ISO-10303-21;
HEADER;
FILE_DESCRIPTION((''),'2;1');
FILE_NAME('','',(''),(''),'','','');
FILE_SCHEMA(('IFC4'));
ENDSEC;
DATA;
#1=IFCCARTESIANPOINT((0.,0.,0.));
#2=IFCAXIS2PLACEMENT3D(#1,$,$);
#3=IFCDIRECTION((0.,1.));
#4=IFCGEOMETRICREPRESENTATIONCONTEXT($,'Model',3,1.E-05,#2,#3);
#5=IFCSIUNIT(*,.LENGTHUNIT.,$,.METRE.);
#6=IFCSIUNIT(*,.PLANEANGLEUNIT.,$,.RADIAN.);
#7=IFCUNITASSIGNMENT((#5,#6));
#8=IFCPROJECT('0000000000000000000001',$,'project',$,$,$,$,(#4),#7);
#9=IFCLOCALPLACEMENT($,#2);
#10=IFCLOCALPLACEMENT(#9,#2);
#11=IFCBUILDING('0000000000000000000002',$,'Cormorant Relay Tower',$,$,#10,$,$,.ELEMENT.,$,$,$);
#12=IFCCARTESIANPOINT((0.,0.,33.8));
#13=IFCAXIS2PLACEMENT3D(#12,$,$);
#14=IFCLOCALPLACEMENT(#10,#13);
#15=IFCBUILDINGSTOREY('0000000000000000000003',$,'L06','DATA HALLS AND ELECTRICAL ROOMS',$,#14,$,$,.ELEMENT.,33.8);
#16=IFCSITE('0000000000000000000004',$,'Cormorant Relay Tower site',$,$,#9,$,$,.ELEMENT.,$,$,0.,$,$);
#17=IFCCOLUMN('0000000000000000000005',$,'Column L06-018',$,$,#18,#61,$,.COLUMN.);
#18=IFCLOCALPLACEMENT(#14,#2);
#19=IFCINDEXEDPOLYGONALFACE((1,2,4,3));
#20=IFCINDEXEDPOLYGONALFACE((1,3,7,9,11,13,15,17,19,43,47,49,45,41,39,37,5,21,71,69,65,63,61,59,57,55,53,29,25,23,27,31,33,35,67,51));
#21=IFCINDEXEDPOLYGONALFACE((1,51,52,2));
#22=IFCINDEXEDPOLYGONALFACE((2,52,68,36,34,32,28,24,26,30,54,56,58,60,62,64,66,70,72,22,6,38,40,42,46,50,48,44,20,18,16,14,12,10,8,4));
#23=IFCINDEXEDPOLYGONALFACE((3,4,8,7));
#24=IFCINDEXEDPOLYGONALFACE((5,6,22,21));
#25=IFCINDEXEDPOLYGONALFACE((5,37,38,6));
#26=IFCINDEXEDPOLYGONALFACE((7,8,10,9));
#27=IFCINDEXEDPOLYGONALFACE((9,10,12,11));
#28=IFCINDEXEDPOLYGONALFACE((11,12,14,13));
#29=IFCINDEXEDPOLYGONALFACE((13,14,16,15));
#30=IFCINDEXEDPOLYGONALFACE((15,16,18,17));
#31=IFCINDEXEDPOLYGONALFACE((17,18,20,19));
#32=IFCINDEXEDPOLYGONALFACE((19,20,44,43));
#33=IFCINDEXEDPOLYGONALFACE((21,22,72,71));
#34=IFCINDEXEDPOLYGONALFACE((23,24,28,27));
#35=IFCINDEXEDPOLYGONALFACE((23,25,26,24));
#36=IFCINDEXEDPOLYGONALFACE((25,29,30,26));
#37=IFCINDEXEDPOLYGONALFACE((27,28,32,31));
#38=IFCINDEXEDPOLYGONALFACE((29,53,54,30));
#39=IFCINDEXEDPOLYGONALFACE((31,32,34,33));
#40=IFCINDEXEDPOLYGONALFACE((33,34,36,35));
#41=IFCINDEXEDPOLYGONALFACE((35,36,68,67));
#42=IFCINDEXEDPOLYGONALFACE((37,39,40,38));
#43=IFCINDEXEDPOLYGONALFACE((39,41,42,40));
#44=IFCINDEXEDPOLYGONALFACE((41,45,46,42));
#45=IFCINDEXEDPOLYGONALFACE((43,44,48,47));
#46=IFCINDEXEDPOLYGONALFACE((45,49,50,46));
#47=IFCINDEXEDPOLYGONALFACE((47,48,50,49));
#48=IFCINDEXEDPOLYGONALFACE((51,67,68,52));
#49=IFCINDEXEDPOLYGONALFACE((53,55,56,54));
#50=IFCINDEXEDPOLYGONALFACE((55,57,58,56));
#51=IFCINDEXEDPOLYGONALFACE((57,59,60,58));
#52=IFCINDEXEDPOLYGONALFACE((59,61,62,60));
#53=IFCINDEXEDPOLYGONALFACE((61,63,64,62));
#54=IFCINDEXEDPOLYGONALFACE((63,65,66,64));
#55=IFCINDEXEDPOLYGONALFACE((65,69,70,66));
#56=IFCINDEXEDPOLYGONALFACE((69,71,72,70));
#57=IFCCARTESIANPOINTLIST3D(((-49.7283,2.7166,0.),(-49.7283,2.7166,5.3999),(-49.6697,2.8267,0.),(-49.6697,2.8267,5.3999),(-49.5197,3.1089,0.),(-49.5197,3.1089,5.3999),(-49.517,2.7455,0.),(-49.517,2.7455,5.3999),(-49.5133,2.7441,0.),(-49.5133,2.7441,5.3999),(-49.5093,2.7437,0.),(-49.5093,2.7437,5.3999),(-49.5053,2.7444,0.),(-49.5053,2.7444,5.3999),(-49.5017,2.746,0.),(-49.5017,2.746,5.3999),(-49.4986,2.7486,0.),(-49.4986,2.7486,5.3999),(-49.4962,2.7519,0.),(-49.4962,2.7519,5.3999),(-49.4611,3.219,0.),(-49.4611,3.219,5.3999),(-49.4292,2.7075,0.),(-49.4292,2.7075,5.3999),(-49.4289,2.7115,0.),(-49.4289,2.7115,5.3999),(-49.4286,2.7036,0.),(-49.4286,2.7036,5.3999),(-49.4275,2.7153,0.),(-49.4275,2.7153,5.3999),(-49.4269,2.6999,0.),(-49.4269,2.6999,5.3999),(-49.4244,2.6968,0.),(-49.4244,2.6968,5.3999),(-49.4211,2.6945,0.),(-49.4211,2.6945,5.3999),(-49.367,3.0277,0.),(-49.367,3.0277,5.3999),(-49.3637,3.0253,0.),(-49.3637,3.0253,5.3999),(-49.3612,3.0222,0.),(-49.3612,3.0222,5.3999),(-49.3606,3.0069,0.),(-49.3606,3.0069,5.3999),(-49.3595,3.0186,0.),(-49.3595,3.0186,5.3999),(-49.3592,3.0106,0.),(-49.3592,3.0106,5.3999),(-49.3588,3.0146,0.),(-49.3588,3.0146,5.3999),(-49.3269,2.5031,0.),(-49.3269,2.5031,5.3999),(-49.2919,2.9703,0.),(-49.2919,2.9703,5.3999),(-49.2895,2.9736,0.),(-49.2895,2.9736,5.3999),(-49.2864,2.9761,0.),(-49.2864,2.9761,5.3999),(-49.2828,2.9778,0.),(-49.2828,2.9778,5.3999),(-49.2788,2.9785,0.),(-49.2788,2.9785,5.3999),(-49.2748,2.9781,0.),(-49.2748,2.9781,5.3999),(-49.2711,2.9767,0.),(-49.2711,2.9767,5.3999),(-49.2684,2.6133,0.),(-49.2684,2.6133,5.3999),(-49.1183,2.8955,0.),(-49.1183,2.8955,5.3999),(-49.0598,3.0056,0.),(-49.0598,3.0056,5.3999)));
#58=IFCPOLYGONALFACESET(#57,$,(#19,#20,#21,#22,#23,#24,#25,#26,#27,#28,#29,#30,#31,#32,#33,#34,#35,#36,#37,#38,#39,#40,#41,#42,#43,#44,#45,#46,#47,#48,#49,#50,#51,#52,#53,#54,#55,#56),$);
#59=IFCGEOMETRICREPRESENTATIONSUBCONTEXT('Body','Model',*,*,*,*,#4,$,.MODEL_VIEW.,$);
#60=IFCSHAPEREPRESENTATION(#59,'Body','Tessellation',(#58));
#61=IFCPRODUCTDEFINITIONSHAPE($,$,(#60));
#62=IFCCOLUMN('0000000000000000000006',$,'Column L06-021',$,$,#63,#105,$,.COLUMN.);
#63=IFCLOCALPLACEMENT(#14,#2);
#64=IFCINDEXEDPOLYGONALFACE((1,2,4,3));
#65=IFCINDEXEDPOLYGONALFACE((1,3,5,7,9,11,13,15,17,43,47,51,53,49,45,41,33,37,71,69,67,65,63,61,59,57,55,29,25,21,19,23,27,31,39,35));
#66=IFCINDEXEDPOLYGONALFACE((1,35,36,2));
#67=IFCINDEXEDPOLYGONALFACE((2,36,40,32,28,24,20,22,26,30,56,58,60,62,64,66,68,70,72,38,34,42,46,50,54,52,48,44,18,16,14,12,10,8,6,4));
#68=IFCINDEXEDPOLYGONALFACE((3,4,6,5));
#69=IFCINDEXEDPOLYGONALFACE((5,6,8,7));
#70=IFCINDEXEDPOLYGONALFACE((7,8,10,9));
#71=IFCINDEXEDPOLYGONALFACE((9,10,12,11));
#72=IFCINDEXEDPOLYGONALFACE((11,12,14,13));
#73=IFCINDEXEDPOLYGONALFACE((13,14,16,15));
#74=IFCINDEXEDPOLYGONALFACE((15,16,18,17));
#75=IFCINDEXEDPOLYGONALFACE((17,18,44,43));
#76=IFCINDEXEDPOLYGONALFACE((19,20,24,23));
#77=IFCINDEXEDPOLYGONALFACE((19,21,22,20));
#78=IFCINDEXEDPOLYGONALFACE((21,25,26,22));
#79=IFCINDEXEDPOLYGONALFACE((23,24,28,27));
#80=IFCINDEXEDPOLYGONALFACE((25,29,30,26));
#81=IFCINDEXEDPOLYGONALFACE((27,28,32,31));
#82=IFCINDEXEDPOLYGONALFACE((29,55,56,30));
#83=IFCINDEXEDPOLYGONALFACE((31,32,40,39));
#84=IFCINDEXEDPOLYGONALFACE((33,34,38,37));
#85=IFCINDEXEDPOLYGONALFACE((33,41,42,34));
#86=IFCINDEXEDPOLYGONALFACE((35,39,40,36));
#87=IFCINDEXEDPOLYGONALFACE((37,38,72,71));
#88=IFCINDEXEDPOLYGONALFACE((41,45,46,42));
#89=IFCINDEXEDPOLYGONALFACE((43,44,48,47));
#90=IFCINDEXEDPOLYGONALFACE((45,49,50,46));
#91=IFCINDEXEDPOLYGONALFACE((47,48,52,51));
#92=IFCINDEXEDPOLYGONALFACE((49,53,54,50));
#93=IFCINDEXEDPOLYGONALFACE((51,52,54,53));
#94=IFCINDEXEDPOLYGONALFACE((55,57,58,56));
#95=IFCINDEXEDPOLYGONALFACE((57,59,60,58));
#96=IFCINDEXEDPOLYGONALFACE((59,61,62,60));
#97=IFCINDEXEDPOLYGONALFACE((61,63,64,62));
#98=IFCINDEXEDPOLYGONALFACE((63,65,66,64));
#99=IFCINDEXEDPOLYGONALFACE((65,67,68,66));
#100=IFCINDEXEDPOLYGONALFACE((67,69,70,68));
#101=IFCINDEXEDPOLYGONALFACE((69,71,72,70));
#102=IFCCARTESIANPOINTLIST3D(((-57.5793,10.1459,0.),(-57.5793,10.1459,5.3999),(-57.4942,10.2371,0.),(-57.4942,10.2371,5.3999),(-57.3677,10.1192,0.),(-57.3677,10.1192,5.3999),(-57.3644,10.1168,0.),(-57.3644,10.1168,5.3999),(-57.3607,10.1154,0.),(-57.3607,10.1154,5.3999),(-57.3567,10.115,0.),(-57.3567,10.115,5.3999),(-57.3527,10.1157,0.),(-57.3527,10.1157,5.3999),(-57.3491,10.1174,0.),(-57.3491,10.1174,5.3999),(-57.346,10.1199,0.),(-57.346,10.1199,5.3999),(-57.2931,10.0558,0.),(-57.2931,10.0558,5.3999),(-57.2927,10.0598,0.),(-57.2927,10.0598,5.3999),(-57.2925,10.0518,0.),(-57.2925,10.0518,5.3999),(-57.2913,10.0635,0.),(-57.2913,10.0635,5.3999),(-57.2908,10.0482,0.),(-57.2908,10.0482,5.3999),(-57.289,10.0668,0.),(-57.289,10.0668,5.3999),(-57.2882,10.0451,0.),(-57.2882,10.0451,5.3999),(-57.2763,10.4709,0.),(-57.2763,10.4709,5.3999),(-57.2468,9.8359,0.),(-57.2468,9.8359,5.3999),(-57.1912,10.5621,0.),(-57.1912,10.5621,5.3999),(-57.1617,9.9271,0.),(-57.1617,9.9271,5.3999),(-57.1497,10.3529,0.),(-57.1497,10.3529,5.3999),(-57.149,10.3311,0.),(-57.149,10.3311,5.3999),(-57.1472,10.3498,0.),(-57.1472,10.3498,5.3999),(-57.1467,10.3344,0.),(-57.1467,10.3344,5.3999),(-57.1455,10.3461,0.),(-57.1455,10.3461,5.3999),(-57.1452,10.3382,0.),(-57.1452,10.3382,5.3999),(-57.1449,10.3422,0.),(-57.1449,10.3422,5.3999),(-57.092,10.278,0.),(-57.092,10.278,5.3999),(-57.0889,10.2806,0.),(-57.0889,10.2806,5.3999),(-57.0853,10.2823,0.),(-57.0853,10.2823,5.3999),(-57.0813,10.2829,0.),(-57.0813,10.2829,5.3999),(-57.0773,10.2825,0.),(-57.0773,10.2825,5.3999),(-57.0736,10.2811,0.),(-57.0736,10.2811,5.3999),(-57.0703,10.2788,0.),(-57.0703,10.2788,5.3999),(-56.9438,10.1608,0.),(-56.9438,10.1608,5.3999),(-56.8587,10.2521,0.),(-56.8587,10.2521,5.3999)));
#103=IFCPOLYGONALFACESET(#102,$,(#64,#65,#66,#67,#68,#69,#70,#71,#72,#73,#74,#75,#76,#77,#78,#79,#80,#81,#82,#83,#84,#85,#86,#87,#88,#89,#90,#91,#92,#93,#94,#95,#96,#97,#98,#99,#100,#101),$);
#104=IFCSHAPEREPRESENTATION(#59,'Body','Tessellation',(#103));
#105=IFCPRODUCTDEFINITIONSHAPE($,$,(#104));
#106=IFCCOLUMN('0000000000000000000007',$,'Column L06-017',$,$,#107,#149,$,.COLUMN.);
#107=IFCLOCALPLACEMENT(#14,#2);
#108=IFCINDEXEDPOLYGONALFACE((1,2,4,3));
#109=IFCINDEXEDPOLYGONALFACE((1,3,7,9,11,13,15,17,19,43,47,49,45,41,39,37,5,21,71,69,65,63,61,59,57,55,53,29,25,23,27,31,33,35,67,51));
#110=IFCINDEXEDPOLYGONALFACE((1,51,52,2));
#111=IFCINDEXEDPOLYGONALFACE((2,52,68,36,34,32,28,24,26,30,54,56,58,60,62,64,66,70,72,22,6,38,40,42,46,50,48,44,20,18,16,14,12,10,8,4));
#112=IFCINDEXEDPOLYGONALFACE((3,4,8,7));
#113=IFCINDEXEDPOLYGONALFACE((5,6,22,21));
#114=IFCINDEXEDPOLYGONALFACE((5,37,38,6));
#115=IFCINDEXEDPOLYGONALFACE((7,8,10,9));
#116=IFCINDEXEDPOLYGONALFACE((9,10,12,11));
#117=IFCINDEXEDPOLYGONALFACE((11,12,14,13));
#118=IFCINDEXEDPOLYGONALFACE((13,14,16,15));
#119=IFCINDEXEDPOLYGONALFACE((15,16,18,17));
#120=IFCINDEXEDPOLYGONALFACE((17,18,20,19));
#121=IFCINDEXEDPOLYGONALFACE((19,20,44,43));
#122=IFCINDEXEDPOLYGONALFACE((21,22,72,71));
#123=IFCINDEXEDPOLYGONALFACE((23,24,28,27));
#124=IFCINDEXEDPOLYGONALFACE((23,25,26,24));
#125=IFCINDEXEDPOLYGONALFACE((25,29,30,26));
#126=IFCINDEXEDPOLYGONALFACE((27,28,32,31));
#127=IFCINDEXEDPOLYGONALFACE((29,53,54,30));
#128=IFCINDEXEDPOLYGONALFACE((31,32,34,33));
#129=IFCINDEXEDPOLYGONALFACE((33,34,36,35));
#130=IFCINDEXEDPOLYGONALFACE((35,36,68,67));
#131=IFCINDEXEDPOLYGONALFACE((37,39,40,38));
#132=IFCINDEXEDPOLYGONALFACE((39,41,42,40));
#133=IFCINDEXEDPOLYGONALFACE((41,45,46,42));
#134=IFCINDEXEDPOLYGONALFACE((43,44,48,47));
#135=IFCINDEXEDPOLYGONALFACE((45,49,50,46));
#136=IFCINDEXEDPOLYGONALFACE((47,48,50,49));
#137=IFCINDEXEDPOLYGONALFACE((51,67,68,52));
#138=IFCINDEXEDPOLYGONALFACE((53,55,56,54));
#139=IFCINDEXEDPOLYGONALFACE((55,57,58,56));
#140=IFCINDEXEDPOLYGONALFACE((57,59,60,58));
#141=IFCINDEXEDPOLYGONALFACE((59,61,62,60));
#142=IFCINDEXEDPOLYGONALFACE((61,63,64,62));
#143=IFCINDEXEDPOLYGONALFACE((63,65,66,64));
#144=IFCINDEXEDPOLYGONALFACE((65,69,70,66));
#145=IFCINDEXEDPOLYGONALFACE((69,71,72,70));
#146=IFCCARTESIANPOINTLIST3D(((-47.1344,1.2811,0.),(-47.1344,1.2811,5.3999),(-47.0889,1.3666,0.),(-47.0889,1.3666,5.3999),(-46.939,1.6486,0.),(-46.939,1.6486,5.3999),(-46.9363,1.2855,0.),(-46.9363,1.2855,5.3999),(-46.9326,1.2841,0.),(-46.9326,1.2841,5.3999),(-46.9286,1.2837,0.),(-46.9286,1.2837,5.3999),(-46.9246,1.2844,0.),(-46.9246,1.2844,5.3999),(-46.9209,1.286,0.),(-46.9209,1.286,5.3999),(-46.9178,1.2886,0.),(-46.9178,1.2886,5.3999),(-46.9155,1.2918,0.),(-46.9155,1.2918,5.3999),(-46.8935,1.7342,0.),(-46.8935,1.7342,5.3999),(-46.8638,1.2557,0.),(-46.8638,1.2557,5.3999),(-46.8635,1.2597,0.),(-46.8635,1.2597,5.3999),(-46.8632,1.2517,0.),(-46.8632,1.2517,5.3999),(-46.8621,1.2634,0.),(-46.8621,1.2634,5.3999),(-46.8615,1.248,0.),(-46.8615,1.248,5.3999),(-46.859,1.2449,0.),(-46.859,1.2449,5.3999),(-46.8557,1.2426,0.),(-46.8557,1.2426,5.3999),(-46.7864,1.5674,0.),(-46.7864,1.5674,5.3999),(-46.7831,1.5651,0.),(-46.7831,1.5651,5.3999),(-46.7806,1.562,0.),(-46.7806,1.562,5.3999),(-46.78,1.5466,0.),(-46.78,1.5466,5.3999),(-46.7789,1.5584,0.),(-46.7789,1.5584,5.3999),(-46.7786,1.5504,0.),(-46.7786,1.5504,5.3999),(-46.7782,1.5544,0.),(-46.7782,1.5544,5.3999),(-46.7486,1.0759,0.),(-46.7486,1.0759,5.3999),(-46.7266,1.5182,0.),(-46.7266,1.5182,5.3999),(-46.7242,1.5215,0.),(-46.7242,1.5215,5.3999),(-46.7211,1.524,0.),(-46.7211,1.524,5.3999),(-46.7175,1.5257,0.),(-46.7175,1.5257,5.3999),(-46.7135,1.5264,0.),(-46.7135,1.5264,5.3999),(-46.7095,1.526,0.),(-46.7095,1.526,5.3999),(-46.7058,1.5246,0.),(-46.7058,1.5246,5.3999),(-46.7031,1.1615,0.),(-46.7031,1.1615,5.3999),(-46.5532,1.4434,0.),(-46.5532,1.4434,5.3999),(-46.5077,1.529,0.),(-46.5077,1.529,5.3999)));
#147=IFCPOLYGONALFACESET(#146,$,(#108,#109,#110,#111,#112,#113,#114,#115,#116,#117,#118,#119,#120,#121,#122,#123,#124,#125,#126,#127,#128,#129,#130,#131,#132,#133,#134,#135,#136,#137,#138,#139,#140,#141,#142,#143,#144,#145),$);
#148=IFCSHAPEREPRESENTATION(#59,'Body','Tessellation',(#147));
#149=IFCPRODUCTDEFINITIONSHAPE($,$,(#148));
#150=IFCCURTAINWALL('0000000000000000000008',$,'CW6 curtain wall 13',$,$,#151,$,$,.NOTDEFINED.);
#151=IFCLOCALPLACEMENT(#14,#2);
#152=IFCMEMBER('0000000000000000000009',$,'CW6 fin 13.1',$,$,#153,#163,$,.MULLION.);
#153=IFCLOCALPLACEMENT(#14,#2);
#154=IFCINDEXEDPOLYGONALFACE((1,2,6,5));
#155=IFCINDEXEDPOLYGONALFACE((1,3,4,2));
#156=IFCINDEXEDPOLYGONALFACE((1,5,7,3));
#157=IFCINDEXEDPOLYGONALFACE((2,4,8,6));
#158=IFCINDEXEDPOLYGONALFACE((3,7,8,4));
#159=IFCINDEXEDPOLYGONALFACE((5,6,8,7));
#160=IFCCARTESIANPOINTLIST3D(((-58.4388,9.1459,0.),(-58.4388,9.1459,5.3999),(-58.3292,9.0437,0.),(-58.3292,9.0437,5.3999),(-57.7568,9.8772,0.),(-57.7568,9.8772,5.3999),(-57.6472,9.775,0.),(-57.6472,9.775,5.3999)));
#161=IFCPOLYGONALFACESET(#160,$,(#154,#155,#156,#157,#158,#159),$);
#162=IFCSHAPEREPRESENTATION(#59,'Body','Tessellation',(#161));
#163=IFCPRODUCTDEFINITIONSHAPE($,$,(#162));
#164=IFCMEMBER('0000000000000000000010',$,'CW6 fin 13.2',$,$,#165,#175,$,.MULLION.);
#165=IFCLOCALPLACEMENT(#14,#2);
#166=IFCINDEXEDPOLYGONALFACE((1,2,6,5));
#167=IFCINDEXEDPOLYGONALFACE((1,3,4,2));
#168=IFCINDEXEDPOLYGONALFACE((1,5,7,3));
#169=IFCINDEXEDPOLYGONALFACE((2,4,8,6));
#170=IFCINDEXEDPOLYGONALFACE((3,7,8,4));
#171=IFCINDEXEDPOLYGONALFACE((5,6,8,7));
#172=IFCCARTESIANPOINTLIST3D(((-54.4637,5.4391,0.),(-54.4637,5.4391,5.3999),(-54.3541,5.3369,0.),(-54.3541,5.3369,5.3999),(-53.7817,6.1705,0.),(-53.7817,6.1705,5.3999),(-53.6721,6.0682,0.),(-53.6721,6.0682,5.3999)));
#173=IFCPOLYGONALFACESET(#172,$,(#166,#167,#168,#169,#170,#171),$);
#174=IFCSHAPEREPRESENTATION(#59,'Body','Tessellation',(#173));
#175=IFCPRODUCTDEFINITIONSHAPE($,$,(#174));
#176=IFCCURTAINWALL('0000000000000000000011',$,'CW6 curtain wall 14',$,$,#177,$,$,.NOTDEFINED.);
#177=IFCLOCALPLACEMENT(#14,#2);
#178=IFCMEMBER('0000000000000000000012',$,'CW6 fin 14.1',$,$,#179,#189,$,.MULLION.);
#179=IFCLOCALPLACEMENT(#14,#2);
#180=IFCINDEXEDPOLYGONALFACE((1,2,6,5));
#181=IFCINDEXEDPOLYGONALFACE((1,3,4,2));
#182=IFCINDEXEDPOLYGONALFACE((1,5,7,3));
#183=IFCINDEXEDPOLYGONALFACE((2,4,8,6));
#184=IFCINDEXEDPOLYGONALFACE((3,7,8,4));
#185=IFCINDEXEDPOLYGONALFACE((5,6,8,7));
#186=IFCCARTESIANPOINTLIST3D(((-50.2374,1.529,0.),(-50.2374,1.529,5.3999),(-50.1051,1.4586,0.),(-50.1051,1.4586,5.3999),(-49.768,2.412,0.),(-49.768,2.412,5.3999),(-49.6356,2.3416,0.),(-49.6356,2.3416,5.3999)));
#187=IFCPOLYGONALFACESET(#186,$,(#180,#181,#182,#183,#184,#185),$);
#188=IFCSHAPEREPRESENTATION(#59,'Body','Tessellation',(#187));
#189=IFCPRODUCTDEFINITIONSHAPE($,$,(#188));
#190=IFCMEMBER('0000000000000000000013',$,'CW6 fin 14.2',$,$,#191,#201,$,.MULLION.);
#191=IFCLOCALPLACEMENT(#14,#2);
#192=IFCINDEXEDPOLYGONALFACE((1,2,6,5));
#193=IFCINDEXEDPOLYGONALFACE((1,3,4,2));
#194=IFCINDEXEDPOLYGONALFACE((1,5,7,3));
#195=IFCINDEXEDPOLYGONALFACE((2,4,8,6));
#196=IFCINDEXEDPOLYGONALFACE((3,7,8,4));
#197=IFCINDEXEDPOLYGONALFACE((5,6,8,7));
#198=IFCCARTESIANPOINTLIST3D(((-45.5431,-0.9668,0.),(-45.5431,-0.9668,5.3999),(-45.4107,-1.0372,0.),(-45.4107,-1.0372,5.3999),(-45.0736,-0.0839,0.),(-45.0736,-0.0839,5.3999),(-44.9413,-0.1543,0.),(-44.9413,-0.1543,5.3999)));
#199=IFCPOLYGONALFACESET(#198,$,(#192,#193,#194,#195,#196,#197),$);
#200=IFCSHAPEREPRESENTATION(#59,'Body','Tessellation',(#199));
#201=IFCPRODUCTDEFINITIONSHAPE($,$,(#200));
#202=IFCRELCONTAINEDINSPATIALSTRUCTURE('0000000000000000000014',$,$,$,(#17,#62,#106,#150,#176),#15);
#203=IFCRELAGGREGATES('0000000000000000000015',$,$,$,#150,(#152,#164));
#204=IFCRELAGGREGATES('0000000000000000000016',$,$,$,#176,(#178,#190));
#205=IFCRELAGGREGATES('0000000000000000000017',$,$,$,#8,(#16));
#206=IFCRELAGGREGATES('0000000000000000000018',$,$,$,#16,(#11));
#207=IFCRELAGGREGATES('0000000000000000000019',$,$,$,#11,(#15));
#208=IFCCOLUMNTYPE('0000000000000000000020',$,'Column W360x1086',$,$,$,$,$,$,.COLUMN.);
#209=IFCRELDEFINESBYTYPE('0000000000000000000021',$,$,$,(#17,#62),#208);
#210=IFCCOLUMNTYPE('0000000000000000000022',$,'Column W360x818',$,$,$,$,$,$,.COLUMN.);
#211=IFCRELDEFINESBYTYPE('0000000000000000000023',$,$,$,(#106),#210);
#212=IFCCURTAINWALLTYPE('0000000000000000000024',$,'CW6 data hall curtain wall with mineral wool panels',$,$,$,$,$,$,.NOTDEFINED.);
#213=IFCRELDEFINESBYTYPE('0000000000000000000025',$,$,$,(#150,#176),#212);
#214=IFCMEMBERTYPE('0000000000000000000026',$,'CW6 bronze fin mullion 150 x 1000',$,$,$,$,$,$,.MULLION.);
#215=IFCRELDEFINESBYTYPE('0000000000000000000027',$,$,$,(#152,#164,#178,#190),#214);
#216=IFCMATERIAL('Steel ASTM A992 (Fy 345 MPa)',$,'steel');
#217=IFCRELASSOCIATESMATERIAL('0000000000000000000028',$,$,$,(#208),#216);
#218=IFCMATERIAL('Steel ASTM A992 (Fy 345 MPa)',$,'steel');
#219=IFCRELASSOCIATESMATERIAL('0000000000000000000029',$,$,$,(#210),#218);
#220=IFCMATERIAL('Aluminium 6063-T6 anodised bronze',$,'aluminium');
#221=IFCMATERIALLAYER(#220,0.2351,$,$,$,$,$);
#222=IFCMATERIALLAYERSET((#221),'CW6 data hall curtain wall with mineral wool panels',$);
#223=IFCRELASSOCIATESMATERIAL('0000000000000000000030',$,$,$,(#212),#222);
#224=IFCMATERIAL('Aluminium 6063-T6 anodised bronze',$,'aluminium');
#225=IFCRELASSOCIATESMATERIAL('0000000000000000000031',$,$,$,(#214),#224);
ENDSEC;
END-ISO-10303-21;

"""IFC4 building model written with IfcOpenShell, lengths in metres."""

from ifc_helpers import new_model, si_unit, direction, frame, origin, origin_2d, place, context, subcontext, project, spatial, rectangle, i_section, extrude, material, layer, layer_set, material_profile, profile_set, type_object, element, aggregate, save


model = new_model("IFC4")

# Units and contexts
model_context = context("Model", 3, precision=1e-05, world=origin(), true_north=direction((0.0, 1.0)))
body_context = subcontext(model_context, "Body", "Model", "MODEL_VIEW")
ifc_project = project(units=[si_unit("LENGTHUNIT", "METRE"), si_unit("PLANEANGLEUNIT", "RADIAN")], contexts=[model_context])

# Site, building, storey
site_placement = place(None, origin())
site = spatial("IfcSite", under=ifc_project, at=site_placement, Name="Cormorant Relay Tower site", CompositionType="ELEMENT", RefElevation=0.0)
building_placement = place(site_placement, origin())
building = spatial("IfcBuilding", under=site, at=building_placement, Name="Cormorant Relay Tower", CompositionType="ELEMENT")
storey_placement = place(building_placement, frame((0.0, 0.0, 33.8)))
storey = spatial("IfcBuildingStorey", under=building, at=storey_placement, Name="L06", Description="DATA HALLS AND ELECTRICAL ROOMS", CompositionType="ELEMENT", Elevation=33.8)

# Columns
ifc_material_1 = material(Name="Steel ASTM A992 (Fy 345 MPa)", Category="steel")
ifc_material_profile_1 = material_profile(ifc_material_1, i_section(OverallWidth=0.4546, OverallDepth=0.5691, WebThickness=0.0779, FlangeThickness=0.1248, FilletRadius=0.0154, at=origin_2d()), Name="W360x1086")
ifc_profile_set_1 = profile_set([ifc_material_profile_1], Name="Steel ASTM A992 (Fy 345 MPa)")
column_type_1 = type_object("IfcColumnType", Name="Column W360x1086", PredefinedType="COLUMN", material=ifc_profile_set_1)
for number, where, z_axis, x_axis, name in (
    (1, (-49.394, 2.8611, 0.0), (0.0, 0.0, 1.0), (0.882948, -0.469472, 0.0), "Column L06-018"),
    (2, (-57.219, 10.199, 0.0), (0.0, 0.0, 1.0), (0.731354, -0.681998, 0.0), "Column L06-021"),
):
    element("IfcColumn", number, at=place(storey_placement, frame(where, z_axis=z_axis, x_axis=x_axis)), inside=storey, type_object=column_type_1, Name=name, PredefinedType="COLUMN", context=body_context, shape_type="SweptSolid", body=[
        extrude(i_section(OverallWidth=0.4546, OverallDepth=0.5691, WebThickness=0.0779, FlangeThickness=0.1248, FilletRadius=0.0154, at=origin_2d()), origin(), (0.0, 0.0, 1.0), 5.3999),
    ])
ifc_material_2 = material(Name="Steel ASTM A992 (Fy 345 MPa)", Category="steel")
ifc_material_profile_2 = material_profile(ifc_material_2, i_section(OverallWidth=0.437, OverallDepth=0.5132, WebThickness=0.0605, FlangeThickness=0.0969, FilletRadius=0.0154, at=origin_2d()), Name="W360x818")
ifc_profile_set_2 = profile_set([ifc_material_profile_2], Name="Steel ASTM A992 (Fy 345 MPa)")
column_type_2 = type_object("IfcColumnType", Name="Column W360x818", PredefinedType="COLUMN", material=ifc_profile_set_2)
column_placement = place(storey_placement, frame((-46.821, 1.405, 0.0), z_axis=(0.0, 0.0, 1.0), x_axis=(0.882948, -0.469472, 0.0)))
element("IfcColumn", 3, at=column_placement, inside=storey, type_object=column_type_2, Name="Column L06-017", PredefinedType="COLUMN", context=body_context, shape_type="SweptSolid", body=[
    extrude(i_section(OverallWidth=0.437, OverallDepth=0.5132, WebThickness=0.0605, FlangeThickness=0.0969, FilletRadius=0.0154, at=origin_2d()), origin(), (0.0, 0.0, 1.0), 5.3999),
])

# Curtain walls, members
ifc_material_3 = material(Name="Aluminium 6063-T6 anodised bronze", Category="aluminium")
ifc_layer_1 = layer(ifc_material_3, 0.2351)
ifc_layer_set_1 = layer_set([ifc_layer_1], Name="CW6 data hall curtain wall with mineral wool panels")
curtain_wall_type = type_object("IfcCurtainWallType", Name="CW6 data hall curtain wall with mineral wool panels", PredefinedType="NOTDEFINED", material=ifc_layer_set_1)
curtain_wall_1_placement = place(storey_placement, origin())
curtain_wall_1 = element("IfcCurtainWall", 4, at=curtain_wall_1_placement, inside=storey, type_object=curtain_wall_type, Name="CW6 curtain wall 13", PredefinedType="NOTDEFINED")
ifc_material_4 = material(Name="Aluminium 6063-T6 anodised bronze", Category="aluminium")
ifc_material_profile_3 = material_profile(ifc_material_4, rectangle(XDim=0.1499, YDim=1.0, at=origin_2d()), Name="AL 150x1000")
ifc_profile_set_3 = profile_set([ifc_material_profile_3], Name="Aluminium 6063-T6 anodised bronze")
member_type_1 = type_object("IfcMemberType", Name="CW6 bronze fin mullion 150 x 1000", PredefinedType="MULLION", material=ifc_profile_set_3)
member_1_placement = place(storey_placement, frame((-58.043, 9.4604, 0.0), z_axis=(0.0, 0.0, 1.0), x_axis=(0.731354, -0.681998, 0.0)))
member_1 = element("IfcMember", 5, at=member_1_placement, type_object=member_type_1, Name="CW6 fin 13.1", PredefinedType="MULLION", context=body_context, shape_type="SweptSolid", body=[
    extrude(rectangle(XDim=0.1499, YDim=1.0, at=origin_2d()), origin(), (0.0, 0.0, 1.0), 5.3999),
])
member_2_placement = place(storey_placement, frame((-54.0679, 5.7537, 0.0), z_axis=(0.0, 0.0, 1.0), x_axis=(0.731354, -0.681998, 0.0)))
member_2 = element("IfcMember", 6, at=member_2_placement, type_object=member_type_1, Name="CW6 fin 13.2", PredefinedType="MULLION", context=body_context, shape_type="SweptSolid", body=[
    extrude(rectangle(XDim=0.1499, YDim=1.0, at=origin_2d()), origin(), (0.0, 0.0, 1.0), 5.3999),
])
curtain_wall_2_placement = place(storey_placement, origin())
curtain_wall_2 = element("IfcCurtainWall", 7, at=curtain_wall_2_placement, inside=storey, type_object=curtain_wall_type, Name="CW6 curtain wall 14", PredefinedType="NOTDEFINED")
member_3_placement = place(storey_placement, frame((-49.9365, 1.9353, 0.0), z_axis=(0.0, 0.0, 1.0), x_axis=(0.882948, -0.469472, 0.0)))
member_3 = element("IfcMember", 8, at=member_3_placement, type_object=member_type_1, Name="CW6 fin 14.1", PredefinedType="MULLION", context=body_context, shape_type="SweptSolid", body=[
    extrude(rectangle(XDim=0.1499, YDim=1.0, at=origin_2d()), origin(), (0.0, 0.0, 1.0), 5.3999),
])
member_4_placement = place(storey_placement, frame((-45.2422, -0.5605, 0.0), z_axis=(0.0, 0.0, 1.0), x_axis=(0.882948, -0.469472, 0.0)))
member_4 = element("IfcMember", 9, at=member_4_placement, type_object=member_type_1, Name="CW6 fin 14.2", PredefinedType="MULLION", context=body_context, shape_type="SweptSolid", body=[
    extrude(rectangle(XDim=0.1499, YDim=1.0, at=origin_2d()), origin(), (0.0, 0.0, 1.0), 5.3999),
])

aggregate(curtain_wall_1, [member_1, member_2])
aggregate(curtain_wall_2, [member_3, member_4])

save(model, "model.ifc")
